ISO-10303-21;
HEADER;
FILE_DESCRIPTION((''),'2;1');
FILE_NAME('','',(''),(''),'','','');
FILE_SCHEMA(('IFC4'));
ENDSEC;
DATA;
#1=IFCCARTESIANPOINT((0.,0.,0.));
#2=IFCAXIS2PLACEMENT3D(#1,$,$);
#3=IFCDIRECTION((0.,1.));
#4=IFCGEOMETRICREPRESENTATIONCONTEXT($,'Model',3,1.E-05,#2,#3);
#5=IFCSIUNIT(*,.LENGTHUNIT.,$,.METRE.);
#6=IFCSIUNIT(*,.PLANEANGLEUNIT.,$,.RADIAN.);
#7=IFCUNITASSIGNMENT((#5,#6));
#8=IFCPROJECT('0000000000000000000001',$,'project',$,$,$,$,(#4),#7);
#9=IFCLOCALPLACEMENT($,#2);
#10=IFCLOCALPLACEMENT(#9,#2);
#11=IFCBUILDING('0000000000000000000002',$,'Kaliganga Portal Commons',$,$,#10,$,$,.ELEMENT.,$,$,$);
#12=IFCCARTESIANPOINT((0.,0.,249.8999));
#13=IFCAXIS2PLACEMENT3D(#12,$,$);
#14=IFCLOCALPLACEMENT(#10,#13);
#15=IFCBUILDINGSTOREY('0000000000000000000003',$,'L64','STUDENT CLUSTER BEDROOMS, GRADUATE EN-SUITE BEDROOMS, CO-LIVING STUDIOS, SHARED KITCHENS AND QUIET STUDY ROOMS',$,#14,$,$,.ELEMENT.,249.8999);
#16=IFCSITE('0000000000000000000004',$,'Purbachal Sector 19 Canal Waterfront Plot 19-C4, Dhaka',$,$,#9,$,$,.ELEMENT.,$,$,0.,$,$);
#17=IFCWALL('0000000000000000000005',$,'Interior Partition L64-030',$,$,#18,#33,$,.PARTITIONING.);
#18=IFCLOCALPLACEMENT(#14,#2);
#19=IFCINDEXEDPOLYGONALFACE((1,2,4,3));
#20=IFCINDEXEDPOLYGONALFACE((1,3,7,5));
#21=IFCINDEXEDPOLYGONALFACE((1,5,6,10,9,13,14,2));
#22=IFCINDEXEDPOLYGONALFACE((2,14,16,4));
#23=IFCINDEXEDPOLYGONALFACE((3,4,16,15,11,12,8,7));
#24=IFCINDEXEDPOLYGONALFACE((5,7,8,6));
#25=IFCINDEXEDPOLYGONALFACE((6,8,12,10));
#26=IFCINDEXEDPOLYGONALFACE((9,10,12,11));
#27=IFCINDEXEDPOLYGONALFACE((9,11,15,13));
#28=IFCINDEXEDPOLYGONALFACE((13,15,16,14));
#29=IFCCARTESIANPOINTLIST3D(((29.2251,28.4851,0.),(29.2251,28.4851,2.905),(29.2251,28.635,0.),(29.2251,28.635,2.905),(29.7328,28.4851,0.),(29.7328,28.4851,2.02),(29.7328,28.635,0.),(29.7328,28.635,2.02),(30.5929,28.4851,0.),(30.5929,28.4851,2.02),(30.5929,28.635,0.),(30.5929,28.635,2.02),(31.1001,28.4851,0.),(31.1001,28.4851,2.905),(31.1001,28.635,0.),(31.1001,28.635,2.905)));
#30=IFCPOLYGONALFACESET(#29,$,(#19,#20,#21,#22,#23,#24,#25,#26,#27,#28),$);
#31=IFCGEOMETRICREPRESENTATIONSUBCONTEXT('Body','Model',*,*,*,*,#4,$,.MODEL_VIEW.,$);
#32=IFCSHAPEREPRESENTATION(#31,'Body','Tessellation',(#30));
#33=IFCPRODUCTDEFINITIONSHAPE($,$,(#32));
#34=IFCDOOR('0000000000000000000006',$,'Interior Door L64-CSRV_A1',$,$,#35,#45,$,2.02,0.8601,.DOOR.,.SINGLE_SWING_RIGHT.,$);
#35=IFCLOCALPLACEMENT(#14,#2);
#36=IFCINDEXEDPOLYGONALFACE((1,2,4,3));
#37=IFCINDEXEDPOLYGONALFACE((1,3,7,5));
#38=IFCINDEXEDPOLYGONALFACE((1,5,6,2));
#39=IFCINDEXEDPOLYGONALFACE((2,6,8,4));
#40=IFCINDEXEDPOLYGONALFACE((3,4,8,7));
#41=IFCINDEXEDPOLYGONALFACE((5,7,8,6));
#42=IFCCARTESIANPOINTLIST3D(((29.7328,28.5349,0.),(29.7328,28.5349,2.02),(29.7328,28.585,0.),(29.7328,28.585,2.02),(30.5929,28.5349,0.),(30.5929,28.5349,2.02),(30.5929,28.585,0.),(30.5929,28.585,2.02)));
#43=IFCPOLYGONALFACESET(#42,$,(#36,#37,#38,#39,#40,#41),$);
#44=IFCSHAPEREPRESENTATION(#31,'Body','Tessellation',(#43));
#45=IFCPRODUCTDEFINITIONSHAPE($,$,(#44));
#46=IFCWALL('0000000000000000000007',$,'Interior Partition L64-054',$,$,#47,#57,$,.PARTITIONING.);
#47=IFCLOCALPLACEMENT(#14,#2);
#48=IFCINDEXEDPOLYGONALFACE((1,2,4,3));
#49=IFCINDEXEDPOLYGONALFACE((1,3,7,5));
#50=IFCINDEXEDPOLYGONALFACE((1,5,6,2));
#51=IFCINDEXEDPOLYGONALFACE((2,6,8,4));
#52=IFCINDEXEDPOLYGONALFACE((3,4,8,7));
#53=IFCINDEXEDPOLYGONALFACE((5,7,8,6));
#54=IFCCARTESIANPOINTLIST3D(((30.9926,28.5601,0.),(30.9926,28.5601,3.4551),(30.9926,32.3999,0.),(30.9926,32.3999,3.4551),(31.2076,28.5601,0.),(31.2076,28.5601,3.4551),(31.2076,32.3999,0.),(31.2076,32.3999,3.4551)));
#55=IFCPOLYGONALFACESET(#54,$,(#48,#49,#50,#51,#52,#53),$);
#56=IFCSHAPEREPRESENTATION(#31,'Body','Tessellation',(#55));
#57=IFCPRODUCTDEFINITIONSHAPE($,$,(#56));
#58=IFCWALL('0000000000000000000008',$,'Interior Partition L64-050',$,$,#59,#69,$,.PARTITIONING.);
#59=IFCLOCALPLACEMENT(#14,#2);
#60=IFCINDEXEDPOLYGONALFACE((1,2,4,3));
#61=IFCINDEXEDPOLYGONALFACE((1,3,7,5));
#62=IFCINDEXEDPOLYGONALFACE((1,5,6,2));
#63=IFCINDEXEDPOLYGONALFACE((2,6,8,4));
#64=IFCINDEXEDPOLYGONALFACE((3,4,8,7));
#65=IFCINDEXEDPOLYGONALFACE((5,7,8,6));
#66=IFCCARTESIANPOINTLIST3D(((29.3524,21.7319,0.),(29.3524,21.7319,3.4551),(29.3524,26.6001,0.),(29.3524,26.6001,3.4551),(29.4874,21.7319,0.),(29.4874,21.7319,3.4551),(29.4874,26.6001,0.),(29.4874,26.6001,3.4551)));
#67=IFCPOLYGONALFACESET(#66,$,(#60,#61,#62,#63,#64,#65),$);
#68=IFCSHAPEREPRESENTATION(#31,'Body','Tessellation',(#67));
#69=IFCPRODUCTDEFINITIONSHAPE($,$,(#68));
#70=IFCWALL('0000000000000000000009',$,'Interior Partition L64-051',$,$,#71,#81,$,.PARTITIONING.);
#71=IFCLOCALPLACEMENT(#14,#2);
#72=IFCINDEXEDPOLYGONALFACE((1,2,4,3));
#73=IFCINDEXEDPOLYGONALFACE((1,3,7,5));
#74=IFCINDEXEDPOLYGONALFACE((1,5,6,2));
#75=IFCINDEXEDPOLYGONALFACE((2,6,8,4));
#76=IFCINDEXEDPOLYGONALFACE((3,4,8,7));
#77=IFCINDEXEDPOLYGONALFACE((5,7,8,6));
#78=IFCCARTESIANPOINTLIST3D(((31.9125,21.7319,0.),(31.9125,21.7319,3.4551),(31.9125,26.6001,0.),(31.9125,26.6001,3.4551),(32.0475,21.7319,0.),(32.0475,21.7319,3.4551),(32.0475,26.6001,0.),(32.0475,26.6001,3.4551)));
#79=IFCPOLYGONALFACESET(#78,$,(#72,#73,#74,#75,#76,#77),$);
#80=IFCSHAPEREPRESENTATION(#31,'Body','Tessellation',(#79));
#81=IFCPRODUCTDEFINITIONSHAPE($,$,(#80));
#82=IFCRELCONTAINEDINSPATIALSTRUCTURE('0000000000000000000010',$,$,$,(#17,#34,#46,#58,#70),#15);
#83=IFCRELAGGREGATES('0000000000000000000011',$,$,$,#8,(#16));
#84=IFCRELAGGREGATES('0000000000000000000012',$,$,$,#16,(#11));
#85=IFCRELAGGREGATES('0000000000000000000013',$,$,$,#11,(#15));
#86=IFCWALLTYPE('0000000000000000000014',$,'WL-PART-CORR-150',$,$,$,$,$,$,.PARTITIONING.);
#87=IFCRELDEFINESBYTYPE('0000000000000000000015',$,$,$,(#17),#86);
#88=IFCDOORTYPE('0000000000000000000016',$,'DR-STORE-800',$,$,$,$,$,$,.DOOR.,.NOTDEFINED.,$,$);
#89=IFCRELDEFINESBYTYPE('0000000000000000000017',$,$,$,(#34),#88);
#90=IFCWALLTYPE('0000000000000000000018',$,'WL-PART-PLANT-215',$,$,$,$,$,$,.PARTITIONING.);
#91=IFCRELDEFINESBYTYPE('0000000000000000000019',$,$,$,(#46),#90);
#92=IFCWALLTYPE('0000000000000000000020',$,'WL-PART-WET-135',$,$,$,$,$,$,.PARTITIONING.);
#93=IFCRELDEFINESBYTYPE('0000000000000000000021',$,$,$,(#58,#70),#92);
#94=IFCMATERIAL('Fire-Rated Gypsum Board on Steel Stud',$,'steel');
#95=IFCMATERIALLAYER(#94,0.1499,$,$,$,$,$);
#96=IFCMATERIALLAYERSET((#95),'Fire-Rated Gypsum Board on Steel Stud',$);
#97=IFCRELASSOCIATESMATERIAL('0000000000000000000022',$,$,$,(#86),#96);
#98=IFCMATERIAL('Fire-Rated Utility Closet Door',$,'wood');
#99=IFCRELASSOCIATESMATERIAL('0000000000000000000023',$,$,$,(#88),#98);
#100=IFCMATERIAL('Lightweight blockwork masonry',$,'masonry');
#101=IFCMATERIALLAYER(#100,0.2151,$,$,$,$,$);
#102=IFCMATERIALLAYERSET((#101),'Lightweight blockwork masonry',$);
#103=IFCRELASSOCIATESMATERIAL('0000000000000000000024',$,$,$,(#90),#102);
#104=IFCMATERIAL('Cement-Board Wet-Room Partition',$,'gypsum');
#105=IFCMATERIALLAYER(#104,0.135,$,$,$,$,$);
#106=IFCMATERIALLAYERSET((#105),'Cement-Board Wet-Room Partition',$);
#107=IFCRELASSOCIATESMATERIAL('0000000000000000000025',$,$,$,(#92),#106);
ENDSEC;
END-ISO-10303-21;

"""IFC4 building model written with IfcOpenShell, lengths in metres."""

from ifc_helpers import new_model, si_unit, direction, frame, frame_2d, origin, place, context, subcontext, project, spatial, rectangle, extrude, material, layer, layer_set, type_object, element, fill, save


model = new_model("IFC4")

# Units and contexts
model_context = context("Model", 3, precision=1e-05, world=origin(), true_north=direction((0.0, 1.0)))
body_context = subcontext(model_context, "Body", "Model", "MODEL_VIEW")
ifc_project = project(units=[si_unit("LENGTHUNIT", "METRE"), si_unit("PLANEANGLEUNIT", "RADIAN")], contexts=[model_context])

# Site, building, storey
site_placement = place(None, origin())
site = spatial("IfcSite", under=ifc_project, at=site_placement, Name="Purbachal Sector 19 Canal Waterfront Plot 19-C4, Dhaka", CompositionType="ELEMENT", RefElevation=0.0)
building_placement = place(site_placement, origin())
building = spatial("IfcBuilding", under=site, at=building_placement, Name="Kaliganga Portal Commons", CompositionType="ELEMENT")
storey_placement = place(building_placement, frame((0.0, 0.0, 249.8999)))
storey = spatial("IfcBuildingStorey", under=building, at=storey_placement, Name="L64", Description="STUDENT CLUSTER BEDROOMS, GRADUATE EN-SUITE BEDROOMS, CO-LIVING STUDIOS, SHARED KITCHENS AND QUIET STUDY ROOMS", CompositionType="ELEMENT", Elevation=249.8999)

# Wall, opening, door
ifc_material_1 = material(Name="Fire-Rated Gypsum Board on Steel Stud", Category="steel")
ifc_layer_1 = layer(ifc_material_1, 0.1499)
ifc_layer_set_1 = layer_set([ifc_layer_1], Name="Fire-Rated Gypsum Board on Steel Stud")
wall_type_1 = type_object("IfcWallType", Name="WL-PART-CORR-150", PredefinedType="PARTITIONING", material=ifc_layer_set_1)
wall_1_placement = place(storey_placement, frame((29.2251, 28.5601, 0.0), z_axis=(0.0, 0.0, 1.0), x_axis=(1.0, 0.0, 0.0)))
wall_1 = element("IfcWall", 1, at=wall_1_placement, inside=storey, type_object=wall_type_1, Name="Interior Partition L64-030", PredefinedType="PARTITIONING", context=body_context, shape_type="SweptSolid", body=[
    extrude(rectangle(XDim=1.875, YDim=0.1499, at=frame_2d((0.9375, 0.0))), origin(), (0.0, 0.0, 1.0), 2.905),
])
opening_1_placement = place(wall_1_placement, frame((0.5076, 0.0, 0.0)))
opening_1 = element("IfcOpeningElement", 2, at=opening_1_placement, cuts=wall_1, PredefinedType="OPENING", context=body_context, shape_type="SweptSolid", body=[
    extrude(rectangle(XDim=0.8601, YDim=2.02, at=frame_2d((0.4302, 1.01))), frame((0.0, 0.085, 0.0), z_axis=(0.0, -1.0, 0.0), x_axis=(1.0, 0.0, 0.0)), (0.0, 0.0, 1.0), 0.1699),
])
ifc_material_2 = material(Name="Fire-Rated Utility Closet Door", Category="wood")
door_type_1 = type_object("IfcDoorType", Name="DR-STORE-800", OperationType="NOTDEFINED", PredefinedType="DOOR", material=ifc_material_2)
door_1_placement = place(opening_1_placement, origin())
door_1 = element("IfcDoor", 3, at=door_1_placement, inside=storey, type_object=door_type_1, Name="Interior Door L64-CSRV_A1", OperationType="SINGLE_SWING_RIGHT", OverallHeight=2.02, OverallWidth=0.8601, PredefinedType="DOOR", context=body_context, shape_type="SweptSolid", body=[
    extrude(rectangle(XDim=0.8601, YDim=2.02, at=frame_2d((0.4302, 1.01))), frame((0.0, 0.0249, 0.0), z_axis=(0.0, -1.0, 0.0), x_axis=(1.0, 0.0, 0.0)), (0.0, 0.0, 1.0), 0.05),
])
fill(opening_1, door_1)
ifc_material_3 = material(Name="Lightweight blockwork masonry", Category="masonry")
ifc_layer_2 = layer(ifc_material_3, 0.2151)
ifc_layer_set_2 = layer_set([ifc_layer_2], Name="Lightweight blockwork masonry")
wall_type_2 = type_object("IfcWallType", Name="WL-PART-PLANT-215", PredefinedType="PARTITIONING", material=ifc_layer_set_2)

# Walls
wall_2_placement = place(storey_placement, frame((31.1001, 28.5601, 0.0), z_axis=(0.0, 0.0, 1.0), x_axis=(0.0, 1.0, 0.0)))
element("IfcWall", 4, at=wall_2_placement, inside=storey, type_object=wall_type_2, Name="Interior Partition L64-054", PredefinedType="PARTITIONING", context=body_context, shape_type="SweptSolid", body=[
    extrude(rectangle(XDim=3.8398, YDim=0.2151, at=frame_2d((1.9199, 0.0))), origin(), (0.0, 0.0, 1.0), 3.4551),
])
ifc_material_4 = material(Name="Cement-Board Wet-Room Partition", Category="gypsum")
ifc_layer_3 = layer(ifc_material_4, 0.135)
ifc_layer_set_3 = layer_set([ifc_layer_3], Name="Cement-Board Wet-Room Partition")
wall_type_3 = type_object("IfcWallType", Name="WL-PART-WET-135", PredefinedType="PARTITIONING", material=ifc_layer_set_3)
for number, where, z_axis, x_axis, name in (
    (5, (29.4199, 21.7319, 0.0), (0.0, 0.0, 1.0), (0.0, 1.0, 0.0), "Interior Partition L64-050"),
    (6, (31.98, 21.7319, 0.0), (0.0, 0.0, 1.0), (0.0, 1.0, 0.0), "Interior Partition L64-051"),
):
    element("IfcWall", number, at=place(storey_placement, frame(where, z_axis=z_axis, x_axis=x_axis)), inside=storey, type_object=wall_type_3, Name=name, PredefinedType="PARTITIONING", context=body_context, shape_type="SweptSolid", body=[
        extrude(rectangle(XDim=4.8682, YDim=0.135, at=frame_2d((2.4341, 0.0))), origin(), (0.0, 0.0, 1.0), 3.4551),
    ])

save(model, "model.ifc")
